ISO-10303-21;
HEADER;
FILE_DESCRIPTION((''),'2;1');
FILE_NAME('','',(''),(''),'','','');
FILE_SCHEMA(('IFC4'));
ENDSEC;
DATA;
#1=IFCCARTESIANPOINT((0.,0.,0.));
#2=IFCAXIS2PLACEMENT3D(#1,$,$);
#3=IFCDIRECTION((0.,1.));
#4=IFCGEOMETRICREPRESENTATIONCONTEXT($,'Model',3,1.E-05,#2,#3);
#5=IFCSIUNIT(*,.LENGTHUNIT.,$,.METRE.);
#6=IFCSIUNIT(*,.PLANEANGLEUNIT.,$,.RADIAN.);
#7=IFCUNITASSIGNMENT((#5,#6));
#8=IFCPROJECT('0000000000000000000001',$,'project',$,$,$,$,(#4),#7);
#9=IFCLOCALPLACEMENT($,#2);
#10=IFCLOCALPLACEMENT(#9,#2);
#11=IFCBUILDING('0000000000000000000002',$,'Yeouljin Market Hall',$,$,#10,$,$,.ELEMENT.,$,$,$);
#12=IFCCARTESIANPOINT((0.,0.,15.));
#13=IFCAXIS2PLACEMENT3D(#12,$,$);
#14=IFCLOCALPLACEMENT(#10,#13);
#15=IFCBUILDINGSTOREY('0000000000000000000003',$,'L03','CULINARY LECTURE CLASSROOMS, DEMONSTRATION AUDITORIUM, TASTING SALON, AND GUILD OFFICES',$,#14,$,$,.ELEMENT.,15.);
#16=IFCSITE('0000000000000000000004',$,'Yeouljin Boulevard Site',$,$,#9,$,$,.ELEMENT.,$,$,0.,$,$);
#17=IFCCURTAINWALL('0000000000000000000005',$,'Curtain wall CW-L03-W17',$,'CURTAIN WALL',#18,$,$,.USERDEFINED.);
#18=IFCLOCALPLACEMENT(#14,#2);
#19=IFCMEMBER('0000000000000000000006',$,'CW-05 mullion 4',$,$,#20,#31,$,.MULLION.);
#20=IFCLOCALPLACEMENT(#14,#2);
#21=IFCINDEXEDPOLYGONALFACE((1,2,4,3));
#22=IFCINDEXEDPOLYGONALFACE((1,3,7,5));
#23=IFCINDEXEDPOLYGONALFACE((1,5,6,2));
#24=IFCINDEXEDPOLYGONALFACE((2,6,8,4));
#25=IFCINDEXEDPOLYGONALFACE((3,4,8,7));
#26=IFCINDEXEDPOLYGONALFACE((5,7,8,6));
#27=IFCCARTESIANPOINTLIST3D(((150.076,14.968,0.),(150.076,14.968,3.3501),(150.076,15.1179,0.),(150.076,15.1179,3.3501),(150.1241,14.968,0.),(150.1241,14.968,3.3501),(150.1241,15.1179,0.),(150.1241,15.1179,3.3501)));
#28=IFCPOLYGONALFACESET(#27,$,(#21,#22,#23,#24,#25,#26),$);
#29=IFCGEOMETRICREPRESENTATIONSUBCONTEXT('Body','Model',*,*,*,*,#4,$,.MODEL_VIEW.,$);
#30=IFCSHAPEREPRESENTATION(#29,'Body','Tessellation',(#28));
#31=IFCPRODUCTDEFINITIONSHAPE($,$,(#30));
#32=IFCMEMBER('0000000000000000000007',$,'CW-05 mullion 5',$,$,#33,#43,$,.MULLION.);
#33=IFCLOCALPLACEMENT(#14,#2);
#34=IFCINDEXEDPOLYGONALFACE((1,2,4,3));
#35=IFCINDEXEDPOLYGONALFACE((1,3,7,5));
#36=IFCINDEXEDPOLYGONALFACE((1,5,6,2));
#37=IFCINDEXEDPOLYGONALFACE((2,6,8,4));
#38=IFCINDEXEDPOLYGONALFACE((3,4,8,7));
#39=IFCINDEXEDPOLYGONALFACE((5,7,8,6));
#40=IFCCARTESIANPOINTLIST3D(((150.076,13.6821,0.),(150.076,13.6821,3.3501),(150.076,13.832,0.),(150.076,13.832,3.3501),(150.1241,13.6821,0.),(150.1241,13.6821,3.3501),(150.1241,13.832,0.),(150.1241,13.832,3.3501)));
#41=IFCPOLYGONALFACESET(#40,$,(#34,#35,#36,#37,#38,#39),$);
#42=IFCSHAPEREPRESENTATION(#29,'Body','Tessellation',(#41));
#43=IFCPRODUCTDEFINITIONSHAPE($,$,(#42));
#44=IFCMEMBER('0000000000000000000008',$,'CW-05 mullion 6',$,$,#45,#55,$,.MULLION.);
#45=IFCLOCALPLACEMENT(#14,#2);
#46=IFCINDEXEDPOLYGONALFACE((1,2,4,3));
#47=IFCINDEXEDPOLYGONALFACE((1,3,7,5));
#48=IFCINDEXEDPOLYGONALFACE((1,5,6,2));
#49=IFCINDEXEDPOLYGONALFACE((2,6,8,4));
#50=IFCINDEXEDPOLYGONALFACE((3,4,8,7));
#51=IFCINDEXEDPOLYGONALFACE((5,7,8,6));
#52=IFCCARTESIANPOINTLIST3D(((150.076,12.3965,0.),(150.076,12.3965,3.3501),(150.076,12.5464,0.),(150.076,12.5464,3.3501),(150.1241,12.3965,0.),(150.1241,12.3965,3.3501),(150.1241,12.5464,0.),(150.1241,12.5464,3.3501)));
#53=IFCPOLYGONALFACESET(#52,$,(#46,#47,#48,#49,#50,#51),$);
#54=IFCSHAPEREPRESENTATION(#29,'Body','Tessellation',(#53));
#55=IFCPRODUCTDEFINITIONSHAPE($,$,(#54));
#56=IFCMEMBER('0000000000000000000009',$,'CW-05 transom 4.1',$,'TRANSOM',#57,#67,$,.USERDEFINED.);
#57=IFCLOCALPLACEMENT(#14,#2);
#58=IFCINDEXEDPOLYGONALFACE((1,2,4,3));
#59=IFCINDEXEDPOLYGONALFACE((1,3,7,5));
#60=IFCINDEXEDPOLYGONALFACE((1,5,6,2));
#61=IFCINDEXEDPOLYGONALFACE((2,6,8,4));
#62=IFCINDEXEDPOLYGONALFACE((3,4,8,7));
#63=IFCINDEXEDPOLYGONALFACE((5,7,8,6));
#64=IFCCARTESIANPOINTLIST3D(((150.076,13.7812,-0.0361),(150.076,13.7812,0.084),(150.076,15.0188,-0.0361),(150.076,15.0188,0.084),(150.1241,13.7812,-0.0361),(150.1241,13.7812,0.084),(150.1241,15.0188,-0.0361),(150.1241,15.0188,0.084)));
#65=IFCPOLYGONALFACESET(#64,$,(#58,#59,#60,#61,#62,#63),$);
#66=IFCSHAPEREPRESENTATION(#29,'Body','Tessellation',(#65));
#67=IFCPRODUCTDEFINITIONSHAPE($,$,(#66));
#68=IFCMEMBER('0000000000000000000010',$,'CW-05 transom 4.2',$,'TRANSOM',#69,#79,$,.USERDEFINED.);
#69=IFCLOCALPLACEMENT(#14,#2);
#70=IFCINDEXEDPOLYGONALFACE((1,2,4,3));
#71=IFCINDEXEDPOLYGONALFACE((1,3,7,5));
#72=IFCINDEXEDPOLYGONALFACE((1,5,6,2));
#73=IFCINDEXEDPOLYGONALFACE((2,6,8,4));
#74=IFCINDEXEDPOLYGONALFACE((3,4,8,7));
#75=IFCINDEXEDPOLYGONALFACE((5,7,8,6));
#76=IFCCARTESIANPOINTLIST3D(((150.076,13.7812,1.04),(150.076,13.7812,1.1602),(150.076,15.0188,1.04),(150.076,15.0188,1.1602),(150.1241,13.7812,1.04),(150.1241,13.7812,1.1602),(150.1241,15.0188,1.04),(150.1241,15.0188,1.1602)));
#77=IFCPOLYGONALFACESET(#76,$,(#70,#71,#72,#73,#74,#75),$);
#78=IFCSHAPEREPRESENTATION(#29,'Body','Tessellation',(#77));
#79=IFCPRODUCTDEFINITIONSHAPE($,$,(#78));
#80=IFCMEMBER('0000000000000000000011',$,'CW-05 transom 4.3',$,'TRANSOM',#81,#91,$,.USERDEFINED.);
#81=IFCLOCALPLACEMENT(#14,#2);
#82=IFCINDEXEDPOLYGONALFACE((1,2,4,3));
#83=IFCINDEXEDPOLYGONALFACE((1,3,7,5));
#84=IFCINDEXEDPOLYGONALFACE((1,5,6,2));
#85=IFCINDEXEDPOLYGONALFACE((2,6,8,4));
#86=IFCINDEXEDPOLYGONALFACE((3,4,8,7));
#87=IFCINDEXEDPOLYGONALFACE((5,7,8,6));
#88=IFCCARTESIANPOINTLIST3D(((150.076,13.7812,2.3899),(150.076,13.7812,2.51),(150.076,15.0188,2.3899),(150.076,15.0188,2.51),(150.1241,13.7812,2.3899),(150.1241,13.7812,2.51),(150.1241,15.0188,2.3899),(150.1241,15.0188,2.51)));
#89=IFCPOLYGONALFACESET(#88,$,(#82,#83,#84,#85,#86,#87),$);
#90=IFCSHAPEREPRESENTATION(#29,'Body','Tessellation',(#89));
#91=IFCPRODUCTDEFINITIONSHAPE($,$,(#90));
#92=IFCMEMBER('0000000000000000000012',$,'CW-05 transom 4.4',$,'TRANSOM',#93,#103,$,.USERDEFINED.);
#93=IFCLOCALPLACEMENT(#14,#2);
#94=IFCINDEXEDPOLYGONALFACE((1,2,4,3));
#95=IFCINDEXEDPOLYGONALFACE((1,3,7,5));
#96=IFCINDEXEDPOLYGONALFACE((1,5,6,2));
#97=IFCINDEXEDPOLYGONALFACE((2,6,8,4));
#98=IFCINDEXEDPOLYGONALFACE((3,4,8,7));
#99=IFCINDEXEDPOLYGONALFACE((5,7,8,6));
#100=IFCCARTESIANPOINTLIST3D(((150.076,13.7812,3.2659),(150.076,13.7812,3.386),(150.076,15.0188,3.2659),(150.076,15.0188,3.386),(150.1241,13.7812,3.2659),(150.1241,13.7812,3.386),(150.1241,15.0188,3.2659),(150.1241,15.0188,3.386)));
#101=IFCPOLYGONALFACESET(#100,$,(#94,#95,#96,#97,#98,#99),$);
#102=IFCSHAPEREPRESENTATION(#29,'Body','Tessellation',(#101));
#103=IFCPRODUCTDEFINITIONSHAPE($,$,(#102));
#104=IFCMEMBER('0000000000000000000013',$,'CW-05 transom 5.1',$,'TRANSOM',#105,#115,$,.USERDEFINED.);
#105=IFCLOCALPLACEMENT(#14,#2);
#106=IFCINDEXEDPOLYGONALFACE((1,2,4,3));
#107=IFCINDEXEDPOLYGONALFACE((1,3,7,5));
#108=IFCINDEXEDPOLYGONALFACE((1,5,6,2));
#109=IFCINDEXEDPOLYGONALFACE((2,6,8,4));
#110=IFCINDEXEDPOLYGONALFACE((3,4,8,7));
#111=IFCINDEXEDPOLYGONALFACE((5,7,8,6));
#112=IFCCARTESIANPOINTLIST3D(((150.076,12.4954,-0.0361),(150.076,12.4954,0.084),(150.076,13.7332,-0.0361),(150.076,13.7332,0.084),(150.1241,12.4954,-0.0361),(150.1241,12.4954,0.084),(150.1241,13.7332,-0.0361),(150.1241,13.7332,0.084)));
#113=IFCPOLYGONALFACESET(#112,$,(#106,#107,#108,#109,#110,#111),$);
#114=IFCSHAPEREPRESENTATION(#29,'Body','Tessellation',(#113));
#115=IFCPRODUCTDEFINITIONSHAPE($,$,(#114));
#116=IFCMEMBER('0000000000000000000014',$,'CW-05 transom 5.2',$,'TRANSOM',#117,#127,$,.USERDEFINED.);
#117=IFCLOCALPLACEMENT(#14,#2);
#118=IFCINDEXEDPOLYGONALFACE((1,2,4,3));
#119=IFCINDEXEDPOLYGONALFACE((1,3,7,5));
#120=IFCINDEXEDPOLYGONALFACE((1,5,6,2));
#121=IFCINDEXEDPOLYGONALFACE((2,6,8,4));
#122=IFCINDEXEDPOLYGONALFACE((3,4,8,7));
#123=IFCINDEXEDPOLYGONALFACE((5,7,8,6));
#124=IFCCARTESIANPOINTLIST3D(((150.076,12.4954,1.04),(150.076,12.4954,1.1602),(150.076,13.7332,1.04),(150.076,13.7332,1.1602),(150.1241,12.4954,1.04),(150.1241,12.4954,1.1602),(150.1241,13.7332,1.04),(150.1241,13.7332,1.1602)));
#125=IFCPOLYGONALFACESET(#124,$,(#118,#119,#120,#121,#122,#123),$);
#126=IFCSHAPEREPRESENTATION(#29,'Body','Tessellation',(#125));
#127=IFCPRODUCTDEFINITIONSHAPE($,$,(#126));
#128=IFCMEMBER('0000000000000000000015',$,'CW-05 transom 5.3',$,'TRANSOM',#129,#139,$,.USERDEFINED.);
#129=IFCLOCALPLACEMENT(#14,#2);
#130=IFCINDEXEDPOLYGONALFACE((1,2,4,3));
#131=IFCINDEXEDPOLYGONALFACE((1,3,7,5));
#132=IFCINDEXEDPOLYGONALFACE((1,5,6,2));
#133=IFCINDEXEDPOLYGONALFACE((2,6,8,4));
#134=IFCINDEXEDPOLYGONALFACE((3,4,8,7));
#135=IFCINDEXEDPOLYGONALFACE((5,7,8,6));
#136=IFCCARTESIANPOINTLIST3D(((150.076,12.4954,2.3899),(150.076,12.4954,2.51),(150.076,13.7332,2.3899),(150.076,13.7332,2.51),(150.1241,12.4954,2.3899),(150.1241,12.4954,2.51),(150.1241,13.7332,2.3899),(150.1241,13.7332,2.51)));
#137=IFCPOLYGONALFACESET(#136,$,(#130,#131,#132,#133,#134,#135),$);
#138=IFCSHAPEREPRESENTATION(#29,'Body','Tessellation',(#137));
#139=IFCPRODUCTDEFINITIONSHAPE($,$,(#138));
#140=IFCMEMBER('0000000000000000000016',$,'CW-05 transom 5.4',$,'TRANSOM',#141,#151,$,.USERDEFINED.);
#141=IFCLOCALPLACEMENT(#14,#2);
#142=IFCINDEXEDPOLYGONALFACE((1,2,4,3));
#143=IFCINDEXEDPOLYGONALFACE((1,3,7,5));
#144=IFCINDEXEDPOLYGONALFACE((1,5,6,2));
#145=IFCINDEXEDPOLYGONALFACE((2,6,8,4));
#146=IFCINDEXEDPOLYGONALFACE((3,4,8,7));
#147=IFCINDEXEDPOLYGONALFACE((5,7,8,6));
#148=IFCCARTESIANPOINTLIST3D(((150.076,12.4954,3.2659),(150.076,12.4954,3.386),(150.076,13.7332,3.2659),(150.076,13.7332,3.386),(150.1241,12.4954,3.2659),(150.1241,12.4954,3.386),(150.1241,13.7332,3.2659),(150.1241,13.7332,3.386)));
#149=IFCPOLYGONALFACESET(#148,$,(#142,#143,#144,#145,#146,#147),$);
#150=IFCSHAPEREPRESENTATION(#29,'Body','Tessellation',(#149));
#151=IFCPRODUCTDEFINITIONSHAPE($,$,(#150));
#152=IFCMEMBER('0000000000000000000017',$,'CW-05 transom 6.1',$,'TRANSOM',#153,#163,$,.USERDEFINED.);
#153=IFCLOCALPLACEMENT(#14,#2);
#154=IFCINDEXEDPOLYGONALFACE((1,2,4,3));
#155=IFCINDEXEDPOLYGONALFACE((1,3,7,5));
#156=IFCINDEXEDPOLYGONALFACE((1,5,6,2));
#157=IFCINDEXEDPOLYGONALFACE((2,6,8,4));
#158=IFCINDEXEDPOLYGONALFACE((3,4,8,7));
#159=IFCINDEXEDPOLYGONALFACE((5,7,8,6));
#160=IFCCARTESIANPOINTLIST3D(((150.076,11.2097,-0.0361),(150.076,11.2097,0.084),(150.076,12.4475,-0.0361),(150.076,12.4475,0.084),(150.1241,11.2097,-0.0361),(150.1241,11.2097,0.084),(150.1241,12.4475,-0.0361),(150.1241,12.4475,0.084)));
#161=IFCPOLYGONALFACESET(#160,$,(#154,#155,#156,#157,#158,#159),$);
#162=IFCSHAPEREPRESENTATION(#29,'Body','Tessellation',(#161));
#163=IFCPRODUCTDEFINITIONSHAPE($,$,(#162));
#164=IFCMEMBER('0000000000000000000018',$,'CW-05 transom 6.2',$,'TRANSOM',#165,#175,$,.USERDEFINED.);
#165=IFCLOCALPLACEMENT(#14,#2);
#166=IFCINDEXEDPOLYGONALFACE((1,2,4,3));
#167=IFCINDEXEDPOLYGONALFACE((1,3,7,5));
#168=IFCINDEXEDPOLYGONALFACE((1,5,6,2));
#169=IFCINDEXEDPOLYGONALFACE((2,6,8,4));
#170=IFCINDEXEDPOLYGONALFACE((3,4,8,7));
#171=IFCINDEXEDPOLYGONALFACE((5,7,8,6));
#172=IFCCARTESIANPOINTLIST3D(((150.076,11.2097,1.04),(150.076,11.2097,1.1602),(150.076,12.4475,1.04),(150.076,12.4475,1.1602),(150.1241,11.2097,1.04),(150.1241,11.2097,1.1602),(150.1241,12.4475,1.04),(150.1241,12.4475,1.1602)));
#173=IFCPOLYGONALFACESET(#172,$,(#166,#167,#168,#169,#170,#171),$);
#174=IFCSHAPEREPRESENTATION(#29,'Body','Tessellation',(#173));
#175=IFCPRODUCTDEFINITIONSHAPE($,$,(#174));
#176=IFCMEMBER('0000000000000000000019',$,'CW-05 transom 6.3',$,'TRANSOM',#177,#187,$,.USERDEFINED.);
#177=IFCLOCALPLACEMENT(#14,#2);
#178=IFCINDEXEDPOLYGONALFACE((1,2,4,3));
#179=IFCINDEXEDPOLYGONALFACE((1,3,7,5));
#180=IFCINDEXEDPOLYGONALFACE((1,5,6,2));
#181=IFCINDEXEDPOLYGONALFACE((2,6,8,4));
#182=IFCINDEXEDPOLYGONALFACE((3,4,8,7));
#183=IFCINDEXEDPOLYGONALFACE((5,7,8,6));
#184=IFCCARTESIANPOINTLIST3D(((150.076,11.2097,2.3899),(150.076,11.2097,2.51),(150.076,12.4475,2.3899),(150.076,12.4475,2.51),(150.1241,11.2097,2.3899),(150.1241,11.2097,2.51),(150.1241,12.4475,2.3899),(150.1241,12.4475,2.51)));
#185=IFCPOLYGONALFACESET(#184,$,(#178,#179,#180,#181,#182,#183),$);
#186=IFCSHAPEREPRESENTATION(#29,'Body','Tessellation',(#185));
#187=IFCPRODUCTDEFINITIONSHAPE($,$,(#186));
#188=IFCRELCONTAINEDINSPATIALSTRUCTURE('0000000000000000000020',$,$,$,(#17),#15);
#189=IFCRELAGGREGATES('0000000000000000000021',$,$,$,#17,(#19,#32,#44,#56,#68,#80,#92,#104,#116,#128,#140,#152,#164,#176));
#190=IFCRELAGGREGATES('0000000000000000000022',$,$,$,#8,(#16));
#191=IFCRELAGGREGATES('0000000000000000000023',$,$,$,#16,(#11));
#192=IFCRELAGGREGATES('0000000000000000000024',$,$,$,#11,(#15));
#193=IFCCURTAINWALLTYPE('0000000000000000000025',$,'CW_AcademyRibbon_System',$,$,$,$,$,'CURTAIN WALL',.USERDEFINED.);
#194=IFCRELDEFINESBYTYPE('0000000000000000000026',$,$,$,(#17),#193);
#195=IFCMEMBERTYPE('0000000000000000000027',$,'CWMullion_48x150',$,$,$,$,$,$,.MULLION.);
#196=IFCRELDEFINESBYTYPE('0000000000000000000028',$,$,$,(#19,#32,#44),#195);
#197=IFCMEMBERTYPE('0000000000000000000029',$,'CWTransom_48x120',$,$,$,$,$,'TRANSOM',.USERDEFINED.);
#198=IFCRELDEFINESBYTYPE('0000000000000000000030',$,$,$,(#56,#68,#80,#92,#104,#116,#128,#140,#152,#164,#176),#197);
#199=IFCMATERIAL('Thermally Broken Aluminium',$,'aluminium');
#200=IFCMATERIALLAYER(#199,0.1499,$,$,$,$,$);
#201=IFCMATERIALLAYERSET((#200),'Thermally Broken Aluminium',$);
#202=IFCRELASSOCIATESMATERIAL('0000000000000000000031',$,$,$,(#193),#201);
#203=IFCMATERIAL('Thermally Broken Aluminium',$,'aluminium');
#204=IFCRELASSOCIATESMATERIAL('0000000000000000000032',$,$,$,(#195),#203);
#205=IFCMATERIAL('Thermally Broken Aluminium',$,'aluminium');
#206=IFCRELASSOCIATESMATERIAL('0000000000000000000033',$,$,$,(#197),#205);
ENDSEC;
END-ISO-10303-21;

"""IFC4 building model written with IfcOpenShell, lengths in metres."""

from ifc_helpers import new_model, si_unit, direction, frame, origin, origin_2d, place, context, subcontext, project, spatial, rectangle, extrude, material, layer, layer_set, material_profile, profile_set, type_object, element, aggregate, save


model = new_model("IFC4")

# Units and contexts
model_context = context("Model", 3, precision=1e-05, world=origin(), true_north=direction((0.0, 1.0)))
body_context = subcontext(model_context, "Body", "Model", "MODEL_VIEW")
ifc_project = project(units=[si_unit("LENGTHUNIT", "METRE"), si_unit("PLANEANGLEUNIT", "RADIAN")], contexts=[model_context])

# Site, building, storey
site_placement = place(None, origin())
site = spatial("IfcSite", under=ifc_project, at=site_placement, Name="Yeouljin Boulevard Site", CompositionType="ELEMENT", RefElevation=0.0)
building_placement = place(site_placement, origin())
building = spatial("IfcBuilding", under=site, at=building_placement, Name="Yeouljin Market Hall", CompositionType="ELEMENT")
storey_placement = place(building_placement, frame((0.0, 0.0, 15.0)))
storey = spatial("IfcBuildingStorey", under=building, at=storey_placement, Name="L03", Description="CULINARY LECTURE CLASSROOMS, DEMONSTRATION AUDITORIUM, TASTING SALON, AND GUILD OFFICES", CompositionType="ELEMENT", Elevation=15.0)

# Curtain wall, members
ifc_material_1 = material(Name="Thermally Broken Aluminium", Category="aluminium")
ifc_layer_1 = layer(ifc_material_1, 0.1499)
ifc_layer_set_1 = layer_set([ifc_layer_1], Name="Thermally Broken Aluminium")
curtain_wall_type = type_object("IfcCurtainWallType", Name="CW_AcademyRibbon_System", ElementType="CURTAIN WALL", PredefinedType="USERDEFINED", material=ifc_layer_set_1)
curtain_wall_placement = place(storey_placement, origin())
curtain_wall = element("IfcCurtainWall", 1, at=curtain_wall_placement, inside=storey, type_object=curtain_wall_type, Name="Curtain wall CW-L03-W17", ObjectType="CURTAIN WALL", PredefinedType="USERDEFINED")
ifc_material_2 = material(Name="Thermally Broken Aluminium", Category="aluminium")
ifc_material_profile_1 = material_profile(ifc_material_2, rectangle(XDim=0.0481, YDim=0.1499, at=origin_2d()), Name="CW-MULL-48x150")
ifc_profile_set_1 = profile_set([ifc_material_profile_1], Name="Thermally Broken Aluminium")
member_type_1 = type_object("IfcMemberType", Name="CWMullion_48x150", PredefinedType="MULLION", material=ifc_profile_set_1)
member_1_placement = place(storey_placement, frame((150.1001, 15.043, 0.0), z_axis=(0.0, 0.0, 1.0), x_axis=(1.0, 0.0, 0.0)))
member_1 = element("IfcMember", 2, at=member_1_placement, type_object=member_type_1, Name="CW-05 mullion 4", PredefinedType="MULLION", context=body_context, shape_type="SweptSolid", body=[
    extrude(rectangle(XDim=0.0481, YDim=0.1499, at=origin_2d()), origin(), (0.0, 0.0, 1.0), 3.3501),
])
member_2_placement = place(storey_placement, frame((150.1001, 13.7571, 0.0), z_axis=(0.0, 0.0, 1.0), x_axis=(1.0, 0.0, 0.0)))
member_2 = element("IfcMember", 3, at=member_2_placement, type_object=member_type_1, Name="CW-05 mullion 5", PredefinedType="MULLION", context=body_context, shape_type="SweptSolid", body=[
    extrude(rectangle(XDim=0.0481, YDim=0.1499, at=origin_2d()), origin(), (0.0, 0.0, 1.0), 3.3501),
])
member_3_placement = place(storey_placement, frame((150.1001, 12.4714, 0.0), z_axis=(0.0, 0.0, 1.0), x_axis=(1.0, 0.0, 0.0)))
member_3 = element("IfcMember", 4, at=member_3_placement, type_object=member_type_1, Name="CW-05 mullion 6", PredefinedType="MULLION", context=body_context, shape_type="SweptSolid", body=[
    extrude(rectangle(XDim=0.0481, YDim=0.1499, at=origin_2d()), origin(), (0.0, 0.0, 1.0), 3.3501),
])
ifc_material_3 = material(Name="Thermally Broken Aluminium", Category="aluminium")
ifc_material_profile_2 = material_profile(ifc_material_3, rectangle(XDim=0.0481, YDim=0.1201, at=origin_2d()), Name="CW-TRAN-48x120")
ifc_profile_set_2 = profile_set([ifc_material_profile_2], Name="Thermally Broken Aluminium")
member_type_2 = type_object("IfcMemberType", Name="CWTransom_48x120", ElementType="TRANSOM", PredefinedType="USERDEFINED", material=ifc_profile_set_2)
member_4_placement = place(storey_placement, frame((150.1001, 15.0188, 0.0239), z_axis=(0.0, -1.0, 0.0), x_axis=(1.0, 0.0, 0.0)))
member_4 = element("IfcMember", 5, at=member_4_placement, type_object=member_type_2, Name="CW-05 transom 4.1", ObjectType="TRANSOM", PredefinedType="USERDEFINED", context=body_context, shape_type="SweptSolid", body=[
    extrude(rectangle(XDim=0.0481, YDim=0.1201, at=origin_2d()), origin(), (0.0, 0.0, 1.0), 1.2375),
])
member_5_placement = place(storey_placement, frame((150.1001, 15.0188, 1.1001), z_axis=(0.0, -1.0, 0.0), x_axis=(1.0, 0.0, 0.0)))
member_5 = element("IfcMember", 6, at=member_5_placement, type_object=member_type_2, Name="CW-05 transom 4.2", ObjectType="TRANSOM", PredefinedType="USERDEFINED", context=body_context, shape_type="SweptSolid", body=[
    extrude(rectangle(XDim=0.0481, YDim=0.1201, at=origin_2d()), origin(), (0.0, 0.0, 1.0), 1.2375),
])
member_6_placement = place(storey_placement, frame((150.1001, 15.0188, 2.45), z_axis=(0.0, -1.0, 0.0), x_axis=(1.0, 0.0, 0.0)))
member_6 = element("IfcMember", 7, at=member_6_placement, type_object=member_type_2, Name="CW-05 transom 4.3", ObjectType="TRANSOM", PredefinedType="USERDEFINED", context=body_context, shape_type="SweptSolid", body=[
    extrude(rectangle(XDim=0.0481, YDim=0.1201, at=origin_2d()), origin(), (0.0, 0.0, 1.0), 1.2375),
])
member_7_placement = place(storey_placement, frame((150.1001, 15.0188, 3.3259), z_axis=(0.0, -1.0, 0.0), x_axis=(1.0, 0.0, 0.0)))
member_7 = element("IfcMember", 8, at=member_7_placement, type_object=member_type_2, Name="CW-05 transom 4.4", ObjectType="TRANSOM", PredefinedType="USERDEFINED", context=body_context, shape_type="SweptSolid", body=[
    extrude(rectangle(XDim=0.0481, YDim=0.1201, at=origin_2d()), origin(), (0.0, 0.0, 1.0), 1.2375),
])
member_8_placement = place(storey_placement, frame((150.1001, 13.7332, 0.0239), z_axis=(0.0, -1.0, 0.0), x_axis=(1.0, 0.0, 0.0)))
member_8 = element("IfcMember", 9, at=member_8_placement, type_object=member_type_2, Name="CW-05 transom 5.1", ObjectType="TRANSOM", PredefinedType="USERDEFINED", context=body_context, shape_type="SweptSolid", body=[
    extrude(rectangle(XDim=0.0481, YDim=0.1201, at=origin_2d()), origin(), (0.0, 0.0, 1.0), 1.2378),
])
member_9_placement = place(storey_placement, frame((150.1001, 13.7332, 1.1001), z_axis=(0.0, -1.0, 0.0), x_axis=(1.0, 0.0, 0.0)))
member_9 = element("IfcMember", 10, at=member_9_placement, type_object=member_type_2, Name="CW-05 transom 5.2", ObjectType="TRANSOM", PredefinedType="USERDEFINED", context=body_context, shape_type="SweptSolid", body=[
    extrude(rectangle(XDim=0.0481, YDim=0.1201, at=origin_2d()), origin(), (0.0, 0.0, 1.0), 1.2378),
])
member_10_placement = place(storey_placement, frame((150.1001, 13.7332, 2.45), z_axis=(0.0, -1.0, 0.0), x_axis=(1.0, 0.0, 0.0)))
member_10 = element("IfcMember", 11, at=member_10_placement, type_object=member_type_2, Name="CW-05 transom 5.3", ObjectType="TRANSOM", PredefinedType="USERDEFINED", context=body_context, shape_type="SweptSolid", body=[
    extrude(rectangle(XDim=0.0481, YDim=0.1201, at=origin_2d()), origin(), (0.0, 0.0, 1.0), 1.2378),
])
member_11_placement = place(storey_placement, frame((150.1001, 13.7332, 3.3259), z_axis=(0.0, -1.0, 0.0), x_axis=(1.0, 0.0, 0.0)))
member_11 = element("IfcMember", 12, at=member_11_placement, type_object=member_type_2, Name="CW-05 transom 5.4", ObjectType="TRANSOM", PredefinedType="USERDEFINED", context=body_context, shape_type="SweptSolid", body=[
    extrude(rectangle(XDim=0.0481, YDim=0.1201, at=origin_2d()), origin(), (0.0, 0.0, 1.0), 1.2378),
])
member_12_placement = place(storey_placement, frame((150.1001, 12.4475, 0.0239), z_axis=(0.0, -1.0, 0.0), x_axis=(1.0, 0.0, 0.0)))
member_12 = element("IfcMember", 13, at=member_12_placement, type_object=member_type_2, Name="CW-05 transom 6.1", ObjectType="TRANSOM", PredefinedType="USERDEFINED", context=body_context, shape_type="SweptSolid", body=[
    extrude(rectangle(XDim=0.0481, YDim=0.1201, at=origin_2d()), origin(), (0.0, 0.0, 1.0), 1.2378),
])
member_13_placement = place(storey_placement, frame((150.1001, 12.4475, 1.1001), z_axis=(0.0, -1.0, 0.0), x_axis=(1.0, 0.0, 0.0)))
member_13 = element("IfcMember", 14, at=member_13_placement, type_object=member_type_2, Name="CW-05 transom 6.2", ObjectType="TRANSOM", PredefinedType="USERDEFINED", context=body_context, shape_type="SweptSolid", body=[
    extrude(rectangle(XDim=0.0481, YDim=0.1201, at=origin_2d()), origin(), (0.0, 0.0, 1.0), 1.2378),
])
member_14_placement = place(storey_placement, frame((150.1001, 12.4475, 2.45), z_axis=(0.0, -1.0, 0.0), x_axis=(1.0, 0.0, 0.0)))
member_14 = element("IfcMember", 15, at=member_14_placement, type_object=member_type_2, Name="CW-05 transom 6.3", ObjectType="TRANSOM", PredefinedType="USERDEFINED", context=body_context, shape_type="SweptSolid", body=[
    extrude(rectangle(XDim=0.0481, YDim=0.1201, at=origin_2d()), origin(), (0.0, 0.0, 1.0), 1.2378),
])
aggregate(curtain_wall, [member_1, member_2, member_3, member_4, member_5, member_6, member_7, member_8, member_9, member_10, member_11, member_12, member_13, member_14])

save(model, "model.ifc")
